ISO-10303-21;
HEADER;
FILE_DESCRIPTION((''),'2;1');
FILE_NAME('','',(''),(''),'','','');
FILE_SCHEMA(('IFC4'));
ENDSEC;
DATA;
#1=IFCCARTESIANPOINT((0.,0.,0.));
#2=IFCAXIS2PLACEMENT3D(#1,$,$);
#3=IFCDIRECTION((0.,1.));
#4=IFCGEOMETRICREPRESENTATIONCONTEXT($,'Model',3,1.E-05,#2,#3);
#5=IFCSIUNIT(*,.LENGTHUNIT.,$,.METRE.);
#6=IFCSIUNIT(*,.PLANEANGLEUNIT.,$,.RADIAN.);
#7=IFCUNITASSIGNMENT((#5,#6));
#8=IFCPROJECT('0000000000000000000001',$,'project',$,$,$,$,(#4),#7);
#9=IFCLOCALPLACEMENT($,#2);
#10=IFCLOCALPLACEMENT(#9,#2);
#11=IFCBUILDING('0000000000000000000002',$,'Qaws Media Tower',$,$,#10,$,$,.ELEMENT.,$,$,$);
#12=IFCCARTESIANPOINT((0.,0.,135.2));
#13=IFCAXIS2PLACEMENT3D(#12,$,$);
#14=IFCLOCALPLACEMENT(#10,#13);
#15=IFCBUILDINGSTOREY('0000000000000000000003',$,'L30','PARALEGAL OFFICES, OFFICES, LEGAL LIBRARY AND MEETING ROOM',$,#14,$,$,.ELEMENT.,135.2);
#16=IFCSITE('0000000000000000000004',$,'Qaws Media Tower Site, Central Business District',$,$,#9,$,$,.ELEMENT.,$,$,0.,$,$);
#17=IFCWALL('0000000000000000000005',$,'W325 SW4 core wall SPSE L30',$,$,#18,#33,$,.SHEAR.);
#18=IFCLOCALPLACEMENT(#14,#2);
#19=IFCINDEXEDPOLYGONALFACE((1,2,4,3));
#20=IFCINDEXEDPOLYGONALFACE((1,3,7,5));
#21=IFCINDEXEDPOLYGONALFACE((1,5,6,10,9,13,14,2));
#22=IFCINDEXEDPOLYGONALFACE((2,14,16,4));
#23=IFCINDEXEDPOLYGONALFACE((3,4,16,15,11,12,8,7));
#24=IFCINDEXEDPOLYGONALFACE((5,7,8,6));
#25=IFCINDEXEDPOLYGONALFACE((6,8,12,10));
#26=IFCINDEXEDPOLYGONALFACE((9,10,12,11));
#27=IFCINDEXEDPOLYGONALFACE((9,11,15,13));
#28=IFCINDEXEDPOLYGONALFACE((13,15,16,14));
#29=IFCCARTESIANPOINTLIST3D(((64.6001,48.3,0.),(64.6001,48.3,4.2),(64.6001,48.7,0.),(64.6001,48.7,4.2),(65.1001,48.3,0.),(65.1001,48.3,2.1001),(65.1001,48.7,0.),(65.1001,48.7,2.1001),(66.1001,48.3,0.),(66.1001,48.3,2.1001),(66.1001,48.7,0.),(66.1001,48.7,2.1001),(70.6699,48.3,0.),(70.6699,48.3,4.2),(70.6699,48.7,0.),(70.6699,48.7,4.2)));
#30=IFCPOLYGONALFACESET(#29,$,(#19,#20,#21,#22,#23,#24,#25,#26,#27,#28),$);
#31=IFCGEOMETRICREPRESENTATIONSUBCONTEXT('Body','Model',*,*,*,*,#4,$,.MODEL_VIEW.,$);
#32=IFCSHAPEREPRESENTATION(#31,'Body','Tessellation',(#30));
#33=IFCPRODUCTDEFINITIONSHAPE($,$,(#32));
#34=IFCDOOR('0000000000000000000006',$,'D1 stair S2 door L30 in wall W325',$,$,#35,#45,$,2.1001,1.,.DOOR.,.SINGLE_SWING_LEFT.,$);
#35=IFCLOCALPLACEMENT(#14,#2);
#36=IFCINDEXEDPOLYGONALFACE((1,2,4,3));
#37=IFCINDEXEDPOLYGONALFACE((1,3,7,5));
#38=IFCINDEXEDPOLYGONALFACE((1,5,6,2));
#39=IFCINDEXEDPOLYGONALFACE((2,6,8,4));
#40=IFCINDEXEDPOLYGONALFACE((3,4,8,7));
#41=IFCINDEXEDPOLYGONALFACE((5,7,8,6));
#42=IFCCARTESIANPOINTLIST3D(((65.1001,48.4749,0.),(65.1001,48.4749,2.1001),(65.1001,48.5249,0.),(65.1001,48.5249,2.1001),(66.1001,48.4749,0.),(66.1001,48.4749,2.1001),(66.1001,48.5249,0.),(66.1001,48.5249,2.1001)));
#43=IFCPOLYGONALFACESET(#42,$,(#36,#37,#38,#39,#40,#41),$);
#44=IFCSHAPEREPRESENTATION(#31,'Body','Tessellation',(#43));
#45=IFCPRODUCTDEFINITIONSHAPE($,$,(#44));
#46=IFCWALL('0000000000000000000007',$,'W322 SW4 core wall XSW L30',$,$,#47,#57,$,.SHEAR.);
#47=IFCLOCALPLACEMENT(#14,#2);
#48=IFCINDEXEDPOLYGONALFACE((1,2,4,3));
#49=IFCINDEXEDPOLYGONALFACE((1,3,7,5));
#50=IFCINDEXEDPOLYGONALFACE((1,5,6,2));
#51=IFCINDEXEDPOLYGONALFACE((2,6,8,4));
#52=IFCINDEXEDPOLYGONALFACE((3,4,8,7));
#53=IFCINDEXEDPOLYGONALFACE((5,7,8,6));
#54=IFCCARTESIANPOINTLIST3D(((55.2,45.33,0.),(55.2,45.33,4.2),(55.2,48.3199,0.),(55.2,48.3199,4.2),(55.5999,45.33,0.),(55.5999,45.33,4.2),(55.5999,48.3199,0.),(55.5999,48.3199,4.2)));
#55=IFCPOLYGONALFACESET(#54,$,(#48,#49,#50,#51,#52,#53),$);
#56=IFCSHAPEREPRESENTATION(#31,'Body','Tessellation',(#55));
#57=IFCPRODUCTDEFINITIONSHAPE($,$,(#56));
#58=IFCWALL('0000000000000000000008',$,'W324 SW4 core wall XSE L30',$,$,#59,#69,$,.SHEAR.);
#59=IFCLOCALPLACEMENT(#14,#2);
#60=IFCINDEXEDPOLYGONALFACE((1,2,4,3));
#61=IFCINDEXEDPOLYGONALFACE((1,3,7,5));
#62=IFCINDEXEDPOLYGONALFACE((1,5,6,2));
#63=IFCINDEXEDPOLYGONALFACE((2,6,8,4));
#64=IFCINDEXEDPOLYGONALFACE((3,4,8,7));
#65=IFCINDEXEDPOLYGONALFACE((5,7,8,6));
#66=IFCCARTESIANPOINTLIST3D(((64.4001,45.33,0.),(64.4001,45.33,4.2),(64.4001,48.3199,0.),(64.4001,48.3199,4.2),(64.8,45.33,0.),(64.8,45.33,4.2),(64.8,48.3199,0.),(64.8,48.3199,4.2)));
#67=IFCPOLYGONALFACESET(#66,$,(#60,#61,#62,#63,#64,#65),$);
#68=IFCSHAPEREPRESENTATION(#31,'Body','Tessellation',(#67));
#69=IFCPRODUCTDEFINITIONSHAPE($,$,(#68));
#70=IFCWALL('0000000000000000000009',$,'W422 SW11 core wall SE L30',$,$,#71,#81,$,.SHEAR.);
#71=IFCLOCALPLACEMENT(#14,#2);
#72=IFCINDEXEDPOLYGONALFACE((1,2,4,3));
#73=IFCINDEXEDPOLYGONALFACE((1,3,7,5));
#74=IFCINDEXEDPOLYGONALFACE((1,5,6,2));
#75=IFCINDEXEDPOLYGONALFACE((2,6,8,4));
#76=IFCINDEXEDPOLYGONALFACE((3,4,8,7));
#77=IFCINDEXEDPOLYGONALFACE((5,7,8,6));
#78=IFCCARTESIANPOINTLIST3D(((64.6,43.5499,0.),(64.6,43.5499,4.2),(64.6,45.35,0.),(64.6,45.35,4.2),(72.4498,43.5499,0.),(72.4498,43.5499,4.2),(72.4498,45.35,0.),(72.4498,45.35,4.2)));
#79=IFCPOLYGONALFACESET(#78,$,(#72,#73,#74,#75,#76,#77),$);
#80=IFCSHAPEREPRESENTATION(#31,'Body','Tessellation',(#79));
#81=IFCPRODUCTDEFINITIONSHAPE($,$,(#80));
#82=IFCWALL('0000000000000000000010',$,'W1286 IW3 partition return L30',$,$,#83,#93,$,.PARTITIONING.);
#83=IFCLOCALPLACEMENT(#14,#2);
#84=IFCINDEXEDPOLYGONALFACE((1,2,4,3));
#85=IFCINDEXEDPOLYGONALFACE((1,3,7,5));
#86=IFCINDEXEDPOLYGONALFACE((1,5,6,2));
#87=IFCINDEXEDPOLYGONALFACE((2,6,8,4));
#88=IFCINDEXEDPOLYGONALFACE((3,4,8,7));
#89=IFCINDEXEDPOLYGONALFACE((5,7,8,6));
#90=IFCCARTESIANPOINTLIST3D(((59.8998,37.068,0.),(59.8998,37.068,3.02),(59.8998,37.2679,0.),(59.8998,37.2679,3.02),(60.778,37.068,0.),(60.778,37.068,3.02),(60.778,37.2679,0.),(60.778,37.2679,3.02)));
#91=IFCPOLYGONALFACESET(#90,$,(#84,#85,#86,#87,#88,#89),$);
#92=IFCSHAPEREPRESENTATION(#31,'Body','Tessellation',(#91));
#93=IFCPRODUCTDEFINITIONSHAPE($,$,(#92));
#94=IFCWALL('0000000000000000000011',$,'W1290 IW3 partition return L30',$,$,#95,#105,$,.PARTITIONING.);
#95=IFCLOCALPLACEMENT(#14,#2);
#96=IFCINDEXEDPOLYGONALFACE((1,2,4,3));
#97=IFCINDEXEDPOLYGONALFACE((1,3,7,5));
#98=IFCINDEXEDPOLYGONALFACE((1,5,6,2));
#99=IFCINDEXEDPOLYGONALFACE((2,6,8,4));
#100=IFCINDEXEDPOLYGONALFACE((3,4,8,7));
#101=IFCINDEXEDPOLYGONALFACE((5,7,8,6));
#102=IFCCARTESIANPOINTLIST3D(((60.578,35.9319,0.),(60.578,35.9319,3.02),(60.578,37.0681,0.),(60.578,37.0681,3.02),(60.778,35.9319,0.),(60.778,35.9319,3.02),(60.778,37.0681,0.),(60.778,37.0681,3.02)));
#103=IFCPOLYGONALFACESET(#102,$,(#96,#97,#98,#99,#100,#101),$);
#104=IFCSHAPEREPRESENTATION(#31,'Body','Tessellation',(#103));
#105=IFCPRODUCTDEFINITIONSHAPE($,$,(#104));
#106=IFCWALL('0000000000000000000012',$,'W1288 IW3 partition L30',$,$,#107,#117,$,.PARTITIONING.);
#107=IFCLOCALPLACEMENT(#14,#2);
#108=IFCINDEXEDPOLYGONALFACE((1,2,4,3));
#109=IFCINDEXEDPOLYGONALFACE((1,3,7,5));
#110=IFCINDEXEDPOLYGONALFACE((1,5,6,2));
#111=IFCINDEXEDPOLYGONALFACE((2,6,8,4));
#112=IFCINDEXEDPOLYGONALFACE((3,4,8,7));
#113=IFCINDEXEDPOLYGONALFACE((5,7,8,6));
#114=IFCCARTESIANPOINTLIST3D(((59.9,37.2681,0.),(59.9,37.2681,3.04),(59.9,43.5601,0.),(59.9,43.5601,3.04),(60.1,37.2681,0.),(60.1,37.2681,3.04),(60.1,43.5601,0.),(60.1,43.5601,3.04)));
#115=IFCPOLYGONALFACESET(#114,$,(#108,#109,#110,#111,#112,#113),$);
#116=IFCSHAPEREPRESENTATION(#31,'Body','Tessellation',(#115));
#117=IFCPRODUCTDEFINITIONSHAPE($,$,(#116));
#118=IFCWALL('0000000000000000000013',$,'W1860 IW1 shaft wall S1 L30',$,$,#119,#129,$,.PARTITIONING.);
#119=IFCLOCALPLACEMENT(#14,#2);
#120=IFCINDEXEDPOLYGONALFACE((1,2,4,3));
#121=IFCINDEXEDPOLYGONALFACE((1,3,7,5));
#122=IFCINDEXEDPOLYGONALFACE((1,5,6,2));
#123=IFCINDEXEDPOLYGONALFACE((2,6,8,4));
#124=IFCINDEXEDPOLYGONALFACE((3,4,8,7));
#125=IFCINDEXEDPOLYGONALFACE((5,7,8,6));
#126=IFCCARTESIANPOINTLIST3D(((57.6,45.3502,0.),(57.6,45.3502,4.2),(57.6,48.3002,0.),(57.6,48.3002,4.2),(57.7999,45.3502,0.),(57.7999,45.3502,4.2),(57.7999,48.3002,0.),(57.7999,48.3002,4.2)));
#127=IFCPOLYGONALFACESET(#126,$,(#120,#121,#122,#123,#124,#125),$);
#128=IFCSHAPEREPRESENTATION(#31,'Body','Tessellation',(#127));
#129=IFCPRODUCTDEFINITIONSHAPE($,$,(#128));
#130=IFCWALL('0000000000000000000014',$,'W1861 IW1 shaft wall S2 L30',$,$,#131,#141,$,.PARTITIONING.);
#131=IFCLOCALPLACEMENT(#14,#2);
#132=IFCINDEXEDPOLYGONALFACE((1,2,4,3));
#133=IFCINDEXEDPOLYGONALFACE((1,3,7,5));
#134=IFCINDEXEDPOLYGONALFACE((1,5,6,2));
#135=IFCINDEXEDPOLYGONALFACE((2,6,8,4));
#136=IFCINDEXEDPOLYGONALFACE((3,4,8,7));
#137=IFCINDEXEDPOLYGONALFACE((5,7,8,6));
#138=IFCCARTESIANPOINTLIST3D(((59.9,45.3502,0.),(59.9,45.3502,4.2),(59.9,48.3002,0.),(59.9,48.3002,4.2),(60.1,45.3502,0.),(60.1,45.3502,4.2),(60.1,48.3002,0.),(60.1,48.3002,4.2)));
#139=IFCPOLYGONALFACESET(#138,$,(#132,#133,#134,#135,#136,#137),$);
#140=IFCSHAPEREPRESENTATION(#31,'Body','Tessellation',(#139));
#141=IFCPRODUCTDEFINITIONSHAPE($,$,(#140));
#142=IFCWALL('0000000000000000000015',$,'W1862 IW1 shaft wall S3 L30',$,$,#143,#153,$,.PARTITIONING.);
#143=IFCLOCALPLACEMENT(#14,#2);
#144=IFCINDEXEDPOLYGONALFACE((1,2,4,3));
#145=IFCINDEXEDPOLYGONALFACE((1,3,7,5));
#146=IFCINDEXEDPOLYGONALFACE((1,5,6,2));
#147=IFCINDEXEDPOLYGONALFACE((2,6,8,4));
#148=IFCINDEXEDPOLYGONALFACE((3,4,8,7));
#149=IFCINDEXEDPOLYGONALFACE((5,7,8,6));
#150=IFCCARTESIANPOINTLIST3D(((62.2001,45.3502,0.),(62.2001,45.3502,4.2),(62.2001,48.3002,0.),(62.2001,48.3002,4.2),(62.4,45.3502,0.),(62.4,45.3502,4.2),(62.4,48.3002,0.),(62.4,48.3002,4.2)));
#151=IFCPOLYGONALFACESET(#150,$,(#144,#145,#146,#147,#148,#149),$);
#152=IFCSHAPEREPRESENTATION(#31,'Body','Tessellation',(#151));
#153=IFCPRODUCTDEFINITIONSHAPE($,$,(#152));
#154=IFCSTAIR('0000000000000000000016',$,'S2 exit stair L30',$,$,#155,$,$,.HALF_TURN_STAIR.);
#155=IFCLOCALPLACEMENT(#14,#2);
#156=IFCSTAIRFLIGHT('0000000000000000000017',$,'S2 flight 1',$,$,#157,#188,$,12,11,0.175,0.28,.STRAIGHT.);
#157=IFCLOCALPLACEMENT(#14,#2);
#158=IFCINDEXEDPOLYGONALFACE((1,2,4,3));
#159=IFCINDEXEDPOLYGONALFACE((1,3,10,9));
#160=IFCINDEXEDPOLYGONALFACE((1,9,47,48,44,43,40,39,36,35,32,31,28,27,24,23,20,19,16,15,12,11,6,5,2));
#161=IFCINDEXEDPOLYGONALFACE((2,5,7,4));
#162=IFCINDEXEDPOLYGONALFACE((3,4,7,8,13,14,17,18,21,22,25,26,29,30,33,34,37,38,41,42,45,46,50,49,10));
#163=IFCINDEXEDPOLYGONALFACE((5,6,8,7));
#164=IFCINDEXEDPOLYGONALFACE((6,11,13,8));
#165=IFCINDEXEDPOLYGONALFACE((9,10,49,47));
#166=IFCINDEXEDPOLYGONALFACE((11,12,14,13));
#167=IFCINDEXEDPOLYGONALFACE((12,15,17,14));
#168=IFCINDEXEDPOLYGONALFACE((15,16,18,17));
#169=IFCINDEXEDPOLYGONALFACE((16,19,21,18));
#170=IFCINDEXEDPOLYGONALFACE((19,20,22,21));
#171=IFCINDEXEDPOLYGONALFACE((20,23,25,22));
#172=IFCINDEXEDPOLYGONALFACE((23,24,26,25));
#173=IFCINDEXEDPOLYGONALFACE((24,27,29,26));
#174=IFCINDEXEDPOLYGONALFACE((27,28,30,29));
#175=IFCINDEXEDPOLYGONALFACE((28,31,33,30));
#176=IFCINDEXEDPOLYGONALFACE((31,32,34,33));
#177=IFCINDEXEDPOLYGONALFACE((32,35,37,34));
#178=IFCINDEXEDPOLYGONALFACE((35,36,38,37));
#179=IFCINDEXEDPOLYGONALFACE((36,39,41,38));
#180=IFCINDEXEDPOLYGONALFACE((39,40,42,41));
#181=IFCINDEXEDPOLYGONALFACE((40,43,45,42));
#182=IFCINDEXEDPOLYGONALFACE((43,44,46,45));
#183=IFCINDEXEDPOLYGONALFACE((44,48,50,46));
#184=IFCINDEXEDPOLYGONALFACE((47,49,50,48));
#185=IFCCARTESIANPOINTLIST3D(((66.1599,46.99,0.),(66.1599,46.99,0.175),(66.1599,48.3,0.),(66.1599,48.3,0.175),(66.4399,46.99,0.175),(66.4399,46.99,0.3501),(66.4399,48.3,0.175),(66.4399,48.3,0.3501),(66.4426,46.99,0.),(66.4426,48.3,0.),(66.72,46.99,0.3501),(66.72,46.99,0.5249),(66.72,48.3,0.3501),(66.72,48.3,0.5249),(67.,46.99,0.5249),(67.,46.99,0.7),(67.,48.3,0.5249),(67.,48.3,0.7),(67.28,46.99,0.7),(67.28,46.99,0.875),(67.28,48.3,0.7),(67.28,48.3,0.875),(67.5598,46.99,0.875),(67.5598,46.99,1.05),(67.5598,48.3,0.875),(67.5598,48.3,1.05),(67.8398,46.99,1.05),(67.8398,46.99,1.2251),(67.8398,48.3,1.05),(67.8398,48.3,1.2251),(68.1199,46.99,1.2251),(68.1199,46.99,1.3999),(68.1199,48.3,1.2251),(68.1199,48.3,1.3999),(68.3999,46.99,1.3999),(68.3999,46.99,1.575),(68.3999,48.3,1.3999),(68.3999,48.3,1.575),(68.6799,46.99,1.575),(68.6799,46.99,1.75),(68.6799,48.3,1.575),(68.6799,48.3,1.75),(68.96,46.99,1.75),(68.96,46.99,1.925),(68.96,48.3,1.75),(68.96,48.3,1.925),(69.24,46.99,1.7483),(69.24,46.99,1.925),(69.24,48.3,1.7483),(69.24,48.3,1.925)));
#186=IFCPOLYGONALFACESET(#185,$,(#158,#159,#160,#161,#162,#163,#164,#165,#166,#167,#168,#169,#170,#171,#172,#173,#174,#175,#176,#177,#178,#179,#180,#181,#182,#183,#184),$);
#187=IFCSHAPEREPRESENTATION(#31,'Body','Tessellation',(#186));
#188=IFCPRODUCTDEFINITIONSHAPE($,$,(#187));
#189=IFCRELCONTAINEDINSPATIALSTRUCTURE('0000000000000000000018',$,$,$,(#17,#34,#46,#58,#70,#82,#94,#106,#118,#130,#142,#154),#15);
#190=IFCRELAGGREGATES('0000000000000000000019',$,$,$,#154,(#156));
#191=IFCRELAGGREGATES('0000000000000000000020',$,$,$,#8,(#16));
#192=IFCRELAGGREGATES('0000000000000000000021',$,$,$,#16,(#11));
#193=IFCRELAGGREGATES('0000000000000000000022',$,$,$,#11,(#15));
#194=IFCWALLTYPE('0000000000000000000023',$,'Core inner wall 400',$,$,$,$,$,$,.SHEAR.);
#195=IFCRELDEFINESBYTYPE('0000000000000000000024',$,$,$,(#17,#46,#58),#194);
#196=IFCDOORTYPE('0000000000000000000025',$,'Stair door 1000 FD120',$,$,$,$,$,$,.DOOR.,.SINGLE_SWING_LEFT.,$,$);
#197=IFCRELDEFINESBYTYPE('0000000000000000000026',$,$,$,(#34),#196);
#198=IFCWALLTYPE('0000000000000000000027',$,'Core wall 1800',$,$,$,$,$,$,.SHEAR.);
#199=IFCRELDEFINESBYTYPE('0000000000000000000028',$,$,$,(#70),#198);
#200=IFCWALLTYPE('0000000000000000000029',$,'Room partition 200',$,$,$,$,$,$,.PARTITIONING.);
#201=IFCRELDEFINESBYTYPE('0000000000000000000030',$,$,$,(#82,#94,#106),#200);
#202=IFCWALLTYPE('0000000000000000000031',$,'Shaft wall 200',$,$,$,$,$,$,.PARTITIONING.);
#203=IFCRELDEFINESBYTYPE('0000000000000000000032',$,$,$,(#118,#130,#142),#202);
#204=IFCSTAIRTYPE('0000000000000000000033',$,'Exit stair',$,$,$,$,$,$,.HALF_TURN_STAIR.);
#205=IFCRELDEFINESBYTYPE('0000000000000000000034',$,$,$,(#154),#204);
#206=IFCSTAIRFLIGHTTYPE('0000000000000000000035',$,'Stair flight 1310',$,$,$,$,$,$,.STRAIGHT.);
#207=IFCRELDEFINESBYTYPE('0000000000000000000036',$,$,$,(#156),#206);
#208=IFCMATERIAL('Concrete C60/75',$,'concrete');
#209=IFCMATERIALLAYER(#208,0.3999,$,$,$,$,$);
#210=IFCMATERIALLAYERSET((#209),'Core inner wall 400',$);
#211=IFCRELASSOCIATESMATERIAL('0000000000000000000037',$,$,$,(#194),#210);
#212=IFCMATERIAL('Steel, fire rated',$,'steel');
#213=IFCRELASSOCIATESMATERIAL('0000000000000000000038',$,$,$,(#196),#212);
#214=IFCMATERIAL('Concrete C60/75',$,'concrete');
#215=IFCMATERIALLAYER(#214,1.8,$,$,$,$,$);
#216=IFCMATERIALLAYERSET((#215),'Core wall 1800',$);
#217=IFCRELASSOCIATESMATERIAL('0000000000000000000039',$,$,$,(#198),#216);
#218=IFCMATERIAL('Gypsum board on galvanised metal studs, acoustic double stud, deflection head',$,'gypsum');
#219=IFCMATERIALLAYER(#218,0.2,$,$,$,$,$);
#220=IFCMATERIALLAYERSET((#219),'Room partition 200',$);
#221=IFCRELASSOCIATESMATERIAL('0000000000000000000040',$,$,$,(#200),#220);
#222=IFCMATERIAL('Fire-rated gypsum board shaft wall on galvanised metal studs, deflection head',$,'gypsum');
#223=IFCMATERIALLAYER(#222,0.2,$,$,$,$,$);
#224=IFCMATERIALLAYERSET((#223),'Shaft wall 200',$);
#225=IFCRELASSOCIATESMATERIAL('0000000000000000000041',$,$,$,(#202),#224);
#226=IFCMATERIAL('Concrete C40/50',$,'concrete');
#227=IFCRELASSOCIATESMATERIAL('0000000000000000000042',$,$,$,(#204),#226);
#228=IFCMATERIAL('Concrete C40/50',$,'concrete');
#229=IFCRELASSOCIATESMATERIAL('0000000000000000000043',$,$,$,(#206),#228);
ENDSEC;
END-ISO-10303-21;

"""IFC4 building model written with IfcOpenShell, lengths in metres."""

from ifc_helpers import new_model, si_unit, direction, frame, frame_2d, origin, place, context, subcontext, project, spatial, polyline, rectangle, outline, extrude, material, layer, layer_set, type_object, element, fill, aggregate, save


model = new_model("IFC4")

# Units and contexts
model_context = context("Model", 3, precision=1e-05, world=origin(), true_north=direction((0.0, 1.0)))
body_context = subcontext(model_context, "Body", "Model", "MODEL_VIEW")
ifc_project = project(units=[si_unit("LENGTHUNIT", "METRE"), si_unit("PLANEANGLEUNIT", "RADIAN")], contexts=[model_context])

# Site, building, storey
site_placement = place(None, origin())
site = spatial("IfcSite", under=ifc_project, at=site_placement, Name="Qaws Media Tower Site, Central Business District", CompositionType="ELEMENT", RefElevation=0.0)
building_placement = place(site_placement, origin())
building = spatial("IfcBuilding", under=site, at=building_placement, Name="Qaws Media Tower", CompositionType="ELEMENT")
storey_placement = place(building_placement, frame((0.0, 0.0, 135.2)))
storey = spatial("IfcBuildingStorey", under=building, at=storey_placement, Name="L30", Description="PARALEGAL OFFICES, OFFICES, LEGAL LIBRARY AND MEETING ROOM", CompositionType="ELEMENT", Elevation=135.2)

# Wall, opening, door
ifc_material_1 = material(Name="Concrete C60/75", Category="concrete")
ifc_layer_1 = layer(ifc_material_1, 0.3999)
ifc_layer_set_1 = layer_set([ifc_layer_1], Name="Core inner wall 400")
wall_type_1 = type_object("IfcWallType", Name="Core inner wall 400", PredefinedType="SHEAR", material=ifc_layer_set_1)
wall_1_placement = place(storey_placement, frame((64.6001, 48.5, 0.0), z_axis=(0.0, 0.0, 1.0), x_axis=(1.0, 0.0, 0.0)))
wall_1 = element("IfcWall", 1, at=wall_1_placement, inside=storey, type_object=wall_type_1, Name="W325 SW4 core wall SPSE L30", PredefinedType="SHEAR", context=body_context, shape_type="SweptSolid", body=[
    extrude(rectangle(XDim=6.0698, YDim=0.3999, at=frame_2d((3.0349, 0.0))), origin(), (0.0, 0.0, 1.0), 4.2),
])
opening_placement = place(wall_1_placement, frame((0.5, 0.0, 0.0)))
opening = element("IfcOpeningElement", 2, at=opening_placement, cuts=wall_1, PredefinedType="OPENING", context=body_context, shape_type="SweptSolid", body=[
    extrude(rectangle(XDim=1.0, YDim=2.1001, at=frame_2d((0.5, 1.05))), frame((0.0, 0.21, 0.0), z_axis=(0.0, -1.0, 0.0), x_axis=(1.0, 0.0, 0.0)), (0.0, 0.0, 1.0), 0.4199),
])
ifc_material_2 = material(Name="Steel, fire rated", Category="steel")
door_type = type_object("IfcDoorType", Name="Stair door 1000 FD120", OperationType="SINGLE_SWING_LEFT", PredefinedType="DOOR", material=ifc_material_2)
door_placement = place(opening_placement, origin())
door = element("IfcDoor", 3, at=door_placement, inside=storey, type_object=door_type, Name="D1 stair S2 door L30 in wall W325", OperationType="SINGLE_SWING_LEFT", OverallHeight=2.1001, OverallWidth=1.0, PredefinedType="DOOR", context=body_context, shape_type="SweptSolid", body=[
    extrude(rectangle(XDim=1.0, YDim=2.1001, at=frame_2d((0.5, 1.05))), frame((0.0, 0.0249, 0.0), z_axis=(0.0, -1.0, 0.0), x_axis=(1.0, 0.0, 0.0)), (0.0, 0.0, 1.0), 0.05),
])
fill(opening, door)

# Walls
for number, where, z_axis, x_axis, name in (
    (4, (55.3999, 48.3201, 0.0), (0.0, 0.0, 1.0), (0.0, -1.0, 0.0), "W322 SW4 core wall XSW L30"),
    (5, (64.6001, 48.3201, 0.0), (0.0, 0.0, 1.0), (0.0, -1.0, 0.0), "W324 SW4 core wall XSE L30"),
):
    element("IfcWall", number, at=place(storey_placement, frame(where, z_axis=z_axis, x_axis=x_axis)), inside=storey, type_object=wall_type_1, Name=name, PredefinedType="SHEAR", context=body_context, shape_type="SweptSolid", body=[
        extrude(rectangle(XDim=2.99, YDim=0.3999, at=frame_2d((1.4951, 0.0))), origin(), (0.0, 0.0, 1.0), 4.2),
    ])
ifc_material_3 = material(Name="Concrete C60/75", Category="concrete")
ifc_layer_2 = layer(ifc_material_3, 1.8)
ifc_layer_set_2 = layer_set([ifc_layer_2], Name="Core wall 1800")
wall_type_2 = type_object("IfcWallType", Name="Core wall 1800", PredefinedType="SHEAR", material=ifc_layer_set_2)
wall_2_placement = place(storey_placement, frame((64.6001, 44.45, 0.0), z_axis=(0.0, 0.0, 1.0), x_axis=(1.0, 0.0, 0.0)))
element("IfcWall", 6, at=wall_2_placement, inside=storey, type_object=wall_type_2, Name="W422 SW11 core wall SE L30", PredefinedType="SHEAR", context=body_context, shape_type="SweptSolid", body=[
    extrude(rectangle(XDim=7.8499, YDim=1.8, at=frame_2d((3.9248, 0.0))), origin(), (0.0, 0.0, 1.0), 4.2),
])
ifc_material_4 = material(Name="Gypsum board on galvanised metal studs, acoustic double stud, deflection head", Category="gypsum")
ifc_layer_3 = layer(ifc_material_4, 0.2)
ifc_layer_set_3 = layer_set([ifc_layer_3], Name="Room partition 200")
wall_type_3 = type_object("IfcWallType", Name="Room partition 200", PredefinedType="PARTITIONING", material=ifc_layer_set_3)
wall_3_placement = place(storey_placement, frame((59.8999, 37.168, 0.0), z_axis=(0.0, 0.0, 1.0), x_axis=(1.0, 0.0, 0.0)))
element("IfcWall", 7, at=wall_3_placement, inside=storey, type_object=wall_type_3, Name="W1286 IW3 partition return L30", PredefinedType="PARTITIONING", context=body_context, shape_type="SweptSolid", body=[
    extrude(rectangle(XDim=0.8782, YDim=0.2, at=frame_2d((0.439, 0.0))), origin(), (0.0, 0.0, 1.0), 3.02),
])
wall_4_placement = place(storey_placement, frame((60.678, 37.0681, 0.0), z_axis=(0.0, 0.0, 1.0), x_axis=(0.0, -1.0, 0.0)))
element("IfcWall", 8, at=wall_4_placement, inside=storey, type_object=wall_type_3, Name="W1290 IW3 partition return L30", PredefinedType="PARTITIONING", context=body_context, shape_type="SweptSolid", body=[
    extrude(rectangle(XDim=1.1362, YDim=0.2, at=frame_2d((0.5681, 0.0))), origin(), (0.0, 0.0, 1.0), 3.02),
])
wall_5_placement = place(storey_placement, frame((60.0, 43.5601, 0.0), z_axis=(0.0, 0.0, 1.0), x_axis=(0.0, -1.0, 0.0)))
element("IfcWall", 9, at=wall_5_placement, inside=storey, type_object=wall_type_3, Name="W1288 IW3 partition L30", PredefinedType="PARTITIONING", context=body_context, shape_type="SweptSolid", body=[
    extrude(rectangle(XDim=6.292, YDim=0.2, at=frame_2d((3.146, 0.0))), origin(), (0.0, 0.0, 1.0), 3.04),
])
ifc_material_5 = material(Name="Fire-rated gypsum board shaft wall on galvanised metal studs, deflection head", Category="gypsum")
ifc_layer_4 = layer(ifc_material_5, 0.2)
ifc_layer_set_4 = layer_set([ifc_layer_4], Name="Shaft wall 200")
wall_type_4 = type_object("IfcWallType", Name="Shaft wall 200", PredefinedType="PARTITIONING", material=ifc_layer_set_4)
for number, where, z_axis, x_axis, name in (
    (10, (57.7, 45.3501, 0.0), (0.0, 0.0, 1.0), (0.0, 1.0, 0.0), "W1860 IW1 shaft wall S1 L30"),
    (11, (60.0, 45.3501, 0.0), (0.0, 0.0, 1.0), (0.0, 1.0, 0.0), "W1861 IW1 shaft wall S2 L30"),
    (12, (62.3, 45.3501, 0.0), (0.0, 0.0, 1.0), (0.0, 1.0, 0.0), "W1862 IW1 shaft wall S3 L30"),
):
    element("IfcWall", number, at=place(storey_placement, frame(where, z_axis=z_axis, x_axis=x_axis)), inside=storey, type_object=wall_type_4, Name=name, PredefinedType="PARTITIONING", context=body_context, shape_type="SweptSolid", body=[
        extrude(rectangle(XDim=2.95, YDim=0.2, at=frame_2d((1.4751, 0.0))), origin(), (0.0, 0.0, 1.0), 4.2),
    ])

# Stair, stair flight
ifc_material_6 = material(Name="Concrete C40/50", Category="concrete")
stair_type = type_object("IfcStairType", Name="Exit stair", PredefinedType="HALF_TURN_STAIR", material=ifc_material_6)
stair_placement = place(storey_placement, origin())
stair = element("IfcStair", 13, at=stair_placement, inside=storey, type_object=stair_type, Name="S2 exit stair L30", PredefinedType="HALF_TURN_STAIR")
ifc_material_7 = material(Name="Concrete C40/50", Category="concrete")
stair_flight_type = type_object("IfcStairFlightType", Name="Stair flight 1310", PredefinedType="STRAIGHT", material=ifc_material_7)
stair_flight_1_placement = place(storey_placement, frame((66.1599, 47.645, 0.0), z_axis=(0.0, 0.0, 1.0), x_axis=(1.0, 0.0, 0.0)))
stair_flight_1 = element("IfcStairFlight", 14, at=stair_flight_1_placement, type_object=stair_flight_type, Name="S2 flight 1", NumberOfRisers=12, NumberOfTreads=11, PredefinedType="STRAIGHT", RiserHeight=0.175, TreadLength=0.28, context=body_context, shape_type="SweptSolid", body=[
    extrude(outline(polyline([(0.0, 0.0), (0.0, 0.175), (0.28, 0.175), (0.28, 0.3501), (0.5601, 0.3501), (0.5601, 0.5249), (0.8401, 0.5249), (0.8401, 0.7), (1.1201, 0.7), (1.1201, 0.875), (1.3999, 0.875), (1.3999, 1.05), (1.6799, 1.05), (1.6799, 1.2251), (1.96, 1.2251), (1.96, 1.3999), (2.24, 1.3999), (2.24, 1.575), (2.52, 1.575), (2.52, 1.75), (2.8, 1.75), (2.8, 1.925), (3.0801, 1.925), (3.0801, 2.1001), (3.0801, 1.7483), (0.2827, 0.0), (0.0, 0.0)])), frame((0.0, 0.655, 0.0), z_axis=(0.0, -1.0, 0.0), x_axis=(1.0, 0.0, 0.0)), (0.0, 0.0, 1.0), 1.3101),
])
aggregate(stair, [stair_flight_1])

save(model, "model.ifc")
